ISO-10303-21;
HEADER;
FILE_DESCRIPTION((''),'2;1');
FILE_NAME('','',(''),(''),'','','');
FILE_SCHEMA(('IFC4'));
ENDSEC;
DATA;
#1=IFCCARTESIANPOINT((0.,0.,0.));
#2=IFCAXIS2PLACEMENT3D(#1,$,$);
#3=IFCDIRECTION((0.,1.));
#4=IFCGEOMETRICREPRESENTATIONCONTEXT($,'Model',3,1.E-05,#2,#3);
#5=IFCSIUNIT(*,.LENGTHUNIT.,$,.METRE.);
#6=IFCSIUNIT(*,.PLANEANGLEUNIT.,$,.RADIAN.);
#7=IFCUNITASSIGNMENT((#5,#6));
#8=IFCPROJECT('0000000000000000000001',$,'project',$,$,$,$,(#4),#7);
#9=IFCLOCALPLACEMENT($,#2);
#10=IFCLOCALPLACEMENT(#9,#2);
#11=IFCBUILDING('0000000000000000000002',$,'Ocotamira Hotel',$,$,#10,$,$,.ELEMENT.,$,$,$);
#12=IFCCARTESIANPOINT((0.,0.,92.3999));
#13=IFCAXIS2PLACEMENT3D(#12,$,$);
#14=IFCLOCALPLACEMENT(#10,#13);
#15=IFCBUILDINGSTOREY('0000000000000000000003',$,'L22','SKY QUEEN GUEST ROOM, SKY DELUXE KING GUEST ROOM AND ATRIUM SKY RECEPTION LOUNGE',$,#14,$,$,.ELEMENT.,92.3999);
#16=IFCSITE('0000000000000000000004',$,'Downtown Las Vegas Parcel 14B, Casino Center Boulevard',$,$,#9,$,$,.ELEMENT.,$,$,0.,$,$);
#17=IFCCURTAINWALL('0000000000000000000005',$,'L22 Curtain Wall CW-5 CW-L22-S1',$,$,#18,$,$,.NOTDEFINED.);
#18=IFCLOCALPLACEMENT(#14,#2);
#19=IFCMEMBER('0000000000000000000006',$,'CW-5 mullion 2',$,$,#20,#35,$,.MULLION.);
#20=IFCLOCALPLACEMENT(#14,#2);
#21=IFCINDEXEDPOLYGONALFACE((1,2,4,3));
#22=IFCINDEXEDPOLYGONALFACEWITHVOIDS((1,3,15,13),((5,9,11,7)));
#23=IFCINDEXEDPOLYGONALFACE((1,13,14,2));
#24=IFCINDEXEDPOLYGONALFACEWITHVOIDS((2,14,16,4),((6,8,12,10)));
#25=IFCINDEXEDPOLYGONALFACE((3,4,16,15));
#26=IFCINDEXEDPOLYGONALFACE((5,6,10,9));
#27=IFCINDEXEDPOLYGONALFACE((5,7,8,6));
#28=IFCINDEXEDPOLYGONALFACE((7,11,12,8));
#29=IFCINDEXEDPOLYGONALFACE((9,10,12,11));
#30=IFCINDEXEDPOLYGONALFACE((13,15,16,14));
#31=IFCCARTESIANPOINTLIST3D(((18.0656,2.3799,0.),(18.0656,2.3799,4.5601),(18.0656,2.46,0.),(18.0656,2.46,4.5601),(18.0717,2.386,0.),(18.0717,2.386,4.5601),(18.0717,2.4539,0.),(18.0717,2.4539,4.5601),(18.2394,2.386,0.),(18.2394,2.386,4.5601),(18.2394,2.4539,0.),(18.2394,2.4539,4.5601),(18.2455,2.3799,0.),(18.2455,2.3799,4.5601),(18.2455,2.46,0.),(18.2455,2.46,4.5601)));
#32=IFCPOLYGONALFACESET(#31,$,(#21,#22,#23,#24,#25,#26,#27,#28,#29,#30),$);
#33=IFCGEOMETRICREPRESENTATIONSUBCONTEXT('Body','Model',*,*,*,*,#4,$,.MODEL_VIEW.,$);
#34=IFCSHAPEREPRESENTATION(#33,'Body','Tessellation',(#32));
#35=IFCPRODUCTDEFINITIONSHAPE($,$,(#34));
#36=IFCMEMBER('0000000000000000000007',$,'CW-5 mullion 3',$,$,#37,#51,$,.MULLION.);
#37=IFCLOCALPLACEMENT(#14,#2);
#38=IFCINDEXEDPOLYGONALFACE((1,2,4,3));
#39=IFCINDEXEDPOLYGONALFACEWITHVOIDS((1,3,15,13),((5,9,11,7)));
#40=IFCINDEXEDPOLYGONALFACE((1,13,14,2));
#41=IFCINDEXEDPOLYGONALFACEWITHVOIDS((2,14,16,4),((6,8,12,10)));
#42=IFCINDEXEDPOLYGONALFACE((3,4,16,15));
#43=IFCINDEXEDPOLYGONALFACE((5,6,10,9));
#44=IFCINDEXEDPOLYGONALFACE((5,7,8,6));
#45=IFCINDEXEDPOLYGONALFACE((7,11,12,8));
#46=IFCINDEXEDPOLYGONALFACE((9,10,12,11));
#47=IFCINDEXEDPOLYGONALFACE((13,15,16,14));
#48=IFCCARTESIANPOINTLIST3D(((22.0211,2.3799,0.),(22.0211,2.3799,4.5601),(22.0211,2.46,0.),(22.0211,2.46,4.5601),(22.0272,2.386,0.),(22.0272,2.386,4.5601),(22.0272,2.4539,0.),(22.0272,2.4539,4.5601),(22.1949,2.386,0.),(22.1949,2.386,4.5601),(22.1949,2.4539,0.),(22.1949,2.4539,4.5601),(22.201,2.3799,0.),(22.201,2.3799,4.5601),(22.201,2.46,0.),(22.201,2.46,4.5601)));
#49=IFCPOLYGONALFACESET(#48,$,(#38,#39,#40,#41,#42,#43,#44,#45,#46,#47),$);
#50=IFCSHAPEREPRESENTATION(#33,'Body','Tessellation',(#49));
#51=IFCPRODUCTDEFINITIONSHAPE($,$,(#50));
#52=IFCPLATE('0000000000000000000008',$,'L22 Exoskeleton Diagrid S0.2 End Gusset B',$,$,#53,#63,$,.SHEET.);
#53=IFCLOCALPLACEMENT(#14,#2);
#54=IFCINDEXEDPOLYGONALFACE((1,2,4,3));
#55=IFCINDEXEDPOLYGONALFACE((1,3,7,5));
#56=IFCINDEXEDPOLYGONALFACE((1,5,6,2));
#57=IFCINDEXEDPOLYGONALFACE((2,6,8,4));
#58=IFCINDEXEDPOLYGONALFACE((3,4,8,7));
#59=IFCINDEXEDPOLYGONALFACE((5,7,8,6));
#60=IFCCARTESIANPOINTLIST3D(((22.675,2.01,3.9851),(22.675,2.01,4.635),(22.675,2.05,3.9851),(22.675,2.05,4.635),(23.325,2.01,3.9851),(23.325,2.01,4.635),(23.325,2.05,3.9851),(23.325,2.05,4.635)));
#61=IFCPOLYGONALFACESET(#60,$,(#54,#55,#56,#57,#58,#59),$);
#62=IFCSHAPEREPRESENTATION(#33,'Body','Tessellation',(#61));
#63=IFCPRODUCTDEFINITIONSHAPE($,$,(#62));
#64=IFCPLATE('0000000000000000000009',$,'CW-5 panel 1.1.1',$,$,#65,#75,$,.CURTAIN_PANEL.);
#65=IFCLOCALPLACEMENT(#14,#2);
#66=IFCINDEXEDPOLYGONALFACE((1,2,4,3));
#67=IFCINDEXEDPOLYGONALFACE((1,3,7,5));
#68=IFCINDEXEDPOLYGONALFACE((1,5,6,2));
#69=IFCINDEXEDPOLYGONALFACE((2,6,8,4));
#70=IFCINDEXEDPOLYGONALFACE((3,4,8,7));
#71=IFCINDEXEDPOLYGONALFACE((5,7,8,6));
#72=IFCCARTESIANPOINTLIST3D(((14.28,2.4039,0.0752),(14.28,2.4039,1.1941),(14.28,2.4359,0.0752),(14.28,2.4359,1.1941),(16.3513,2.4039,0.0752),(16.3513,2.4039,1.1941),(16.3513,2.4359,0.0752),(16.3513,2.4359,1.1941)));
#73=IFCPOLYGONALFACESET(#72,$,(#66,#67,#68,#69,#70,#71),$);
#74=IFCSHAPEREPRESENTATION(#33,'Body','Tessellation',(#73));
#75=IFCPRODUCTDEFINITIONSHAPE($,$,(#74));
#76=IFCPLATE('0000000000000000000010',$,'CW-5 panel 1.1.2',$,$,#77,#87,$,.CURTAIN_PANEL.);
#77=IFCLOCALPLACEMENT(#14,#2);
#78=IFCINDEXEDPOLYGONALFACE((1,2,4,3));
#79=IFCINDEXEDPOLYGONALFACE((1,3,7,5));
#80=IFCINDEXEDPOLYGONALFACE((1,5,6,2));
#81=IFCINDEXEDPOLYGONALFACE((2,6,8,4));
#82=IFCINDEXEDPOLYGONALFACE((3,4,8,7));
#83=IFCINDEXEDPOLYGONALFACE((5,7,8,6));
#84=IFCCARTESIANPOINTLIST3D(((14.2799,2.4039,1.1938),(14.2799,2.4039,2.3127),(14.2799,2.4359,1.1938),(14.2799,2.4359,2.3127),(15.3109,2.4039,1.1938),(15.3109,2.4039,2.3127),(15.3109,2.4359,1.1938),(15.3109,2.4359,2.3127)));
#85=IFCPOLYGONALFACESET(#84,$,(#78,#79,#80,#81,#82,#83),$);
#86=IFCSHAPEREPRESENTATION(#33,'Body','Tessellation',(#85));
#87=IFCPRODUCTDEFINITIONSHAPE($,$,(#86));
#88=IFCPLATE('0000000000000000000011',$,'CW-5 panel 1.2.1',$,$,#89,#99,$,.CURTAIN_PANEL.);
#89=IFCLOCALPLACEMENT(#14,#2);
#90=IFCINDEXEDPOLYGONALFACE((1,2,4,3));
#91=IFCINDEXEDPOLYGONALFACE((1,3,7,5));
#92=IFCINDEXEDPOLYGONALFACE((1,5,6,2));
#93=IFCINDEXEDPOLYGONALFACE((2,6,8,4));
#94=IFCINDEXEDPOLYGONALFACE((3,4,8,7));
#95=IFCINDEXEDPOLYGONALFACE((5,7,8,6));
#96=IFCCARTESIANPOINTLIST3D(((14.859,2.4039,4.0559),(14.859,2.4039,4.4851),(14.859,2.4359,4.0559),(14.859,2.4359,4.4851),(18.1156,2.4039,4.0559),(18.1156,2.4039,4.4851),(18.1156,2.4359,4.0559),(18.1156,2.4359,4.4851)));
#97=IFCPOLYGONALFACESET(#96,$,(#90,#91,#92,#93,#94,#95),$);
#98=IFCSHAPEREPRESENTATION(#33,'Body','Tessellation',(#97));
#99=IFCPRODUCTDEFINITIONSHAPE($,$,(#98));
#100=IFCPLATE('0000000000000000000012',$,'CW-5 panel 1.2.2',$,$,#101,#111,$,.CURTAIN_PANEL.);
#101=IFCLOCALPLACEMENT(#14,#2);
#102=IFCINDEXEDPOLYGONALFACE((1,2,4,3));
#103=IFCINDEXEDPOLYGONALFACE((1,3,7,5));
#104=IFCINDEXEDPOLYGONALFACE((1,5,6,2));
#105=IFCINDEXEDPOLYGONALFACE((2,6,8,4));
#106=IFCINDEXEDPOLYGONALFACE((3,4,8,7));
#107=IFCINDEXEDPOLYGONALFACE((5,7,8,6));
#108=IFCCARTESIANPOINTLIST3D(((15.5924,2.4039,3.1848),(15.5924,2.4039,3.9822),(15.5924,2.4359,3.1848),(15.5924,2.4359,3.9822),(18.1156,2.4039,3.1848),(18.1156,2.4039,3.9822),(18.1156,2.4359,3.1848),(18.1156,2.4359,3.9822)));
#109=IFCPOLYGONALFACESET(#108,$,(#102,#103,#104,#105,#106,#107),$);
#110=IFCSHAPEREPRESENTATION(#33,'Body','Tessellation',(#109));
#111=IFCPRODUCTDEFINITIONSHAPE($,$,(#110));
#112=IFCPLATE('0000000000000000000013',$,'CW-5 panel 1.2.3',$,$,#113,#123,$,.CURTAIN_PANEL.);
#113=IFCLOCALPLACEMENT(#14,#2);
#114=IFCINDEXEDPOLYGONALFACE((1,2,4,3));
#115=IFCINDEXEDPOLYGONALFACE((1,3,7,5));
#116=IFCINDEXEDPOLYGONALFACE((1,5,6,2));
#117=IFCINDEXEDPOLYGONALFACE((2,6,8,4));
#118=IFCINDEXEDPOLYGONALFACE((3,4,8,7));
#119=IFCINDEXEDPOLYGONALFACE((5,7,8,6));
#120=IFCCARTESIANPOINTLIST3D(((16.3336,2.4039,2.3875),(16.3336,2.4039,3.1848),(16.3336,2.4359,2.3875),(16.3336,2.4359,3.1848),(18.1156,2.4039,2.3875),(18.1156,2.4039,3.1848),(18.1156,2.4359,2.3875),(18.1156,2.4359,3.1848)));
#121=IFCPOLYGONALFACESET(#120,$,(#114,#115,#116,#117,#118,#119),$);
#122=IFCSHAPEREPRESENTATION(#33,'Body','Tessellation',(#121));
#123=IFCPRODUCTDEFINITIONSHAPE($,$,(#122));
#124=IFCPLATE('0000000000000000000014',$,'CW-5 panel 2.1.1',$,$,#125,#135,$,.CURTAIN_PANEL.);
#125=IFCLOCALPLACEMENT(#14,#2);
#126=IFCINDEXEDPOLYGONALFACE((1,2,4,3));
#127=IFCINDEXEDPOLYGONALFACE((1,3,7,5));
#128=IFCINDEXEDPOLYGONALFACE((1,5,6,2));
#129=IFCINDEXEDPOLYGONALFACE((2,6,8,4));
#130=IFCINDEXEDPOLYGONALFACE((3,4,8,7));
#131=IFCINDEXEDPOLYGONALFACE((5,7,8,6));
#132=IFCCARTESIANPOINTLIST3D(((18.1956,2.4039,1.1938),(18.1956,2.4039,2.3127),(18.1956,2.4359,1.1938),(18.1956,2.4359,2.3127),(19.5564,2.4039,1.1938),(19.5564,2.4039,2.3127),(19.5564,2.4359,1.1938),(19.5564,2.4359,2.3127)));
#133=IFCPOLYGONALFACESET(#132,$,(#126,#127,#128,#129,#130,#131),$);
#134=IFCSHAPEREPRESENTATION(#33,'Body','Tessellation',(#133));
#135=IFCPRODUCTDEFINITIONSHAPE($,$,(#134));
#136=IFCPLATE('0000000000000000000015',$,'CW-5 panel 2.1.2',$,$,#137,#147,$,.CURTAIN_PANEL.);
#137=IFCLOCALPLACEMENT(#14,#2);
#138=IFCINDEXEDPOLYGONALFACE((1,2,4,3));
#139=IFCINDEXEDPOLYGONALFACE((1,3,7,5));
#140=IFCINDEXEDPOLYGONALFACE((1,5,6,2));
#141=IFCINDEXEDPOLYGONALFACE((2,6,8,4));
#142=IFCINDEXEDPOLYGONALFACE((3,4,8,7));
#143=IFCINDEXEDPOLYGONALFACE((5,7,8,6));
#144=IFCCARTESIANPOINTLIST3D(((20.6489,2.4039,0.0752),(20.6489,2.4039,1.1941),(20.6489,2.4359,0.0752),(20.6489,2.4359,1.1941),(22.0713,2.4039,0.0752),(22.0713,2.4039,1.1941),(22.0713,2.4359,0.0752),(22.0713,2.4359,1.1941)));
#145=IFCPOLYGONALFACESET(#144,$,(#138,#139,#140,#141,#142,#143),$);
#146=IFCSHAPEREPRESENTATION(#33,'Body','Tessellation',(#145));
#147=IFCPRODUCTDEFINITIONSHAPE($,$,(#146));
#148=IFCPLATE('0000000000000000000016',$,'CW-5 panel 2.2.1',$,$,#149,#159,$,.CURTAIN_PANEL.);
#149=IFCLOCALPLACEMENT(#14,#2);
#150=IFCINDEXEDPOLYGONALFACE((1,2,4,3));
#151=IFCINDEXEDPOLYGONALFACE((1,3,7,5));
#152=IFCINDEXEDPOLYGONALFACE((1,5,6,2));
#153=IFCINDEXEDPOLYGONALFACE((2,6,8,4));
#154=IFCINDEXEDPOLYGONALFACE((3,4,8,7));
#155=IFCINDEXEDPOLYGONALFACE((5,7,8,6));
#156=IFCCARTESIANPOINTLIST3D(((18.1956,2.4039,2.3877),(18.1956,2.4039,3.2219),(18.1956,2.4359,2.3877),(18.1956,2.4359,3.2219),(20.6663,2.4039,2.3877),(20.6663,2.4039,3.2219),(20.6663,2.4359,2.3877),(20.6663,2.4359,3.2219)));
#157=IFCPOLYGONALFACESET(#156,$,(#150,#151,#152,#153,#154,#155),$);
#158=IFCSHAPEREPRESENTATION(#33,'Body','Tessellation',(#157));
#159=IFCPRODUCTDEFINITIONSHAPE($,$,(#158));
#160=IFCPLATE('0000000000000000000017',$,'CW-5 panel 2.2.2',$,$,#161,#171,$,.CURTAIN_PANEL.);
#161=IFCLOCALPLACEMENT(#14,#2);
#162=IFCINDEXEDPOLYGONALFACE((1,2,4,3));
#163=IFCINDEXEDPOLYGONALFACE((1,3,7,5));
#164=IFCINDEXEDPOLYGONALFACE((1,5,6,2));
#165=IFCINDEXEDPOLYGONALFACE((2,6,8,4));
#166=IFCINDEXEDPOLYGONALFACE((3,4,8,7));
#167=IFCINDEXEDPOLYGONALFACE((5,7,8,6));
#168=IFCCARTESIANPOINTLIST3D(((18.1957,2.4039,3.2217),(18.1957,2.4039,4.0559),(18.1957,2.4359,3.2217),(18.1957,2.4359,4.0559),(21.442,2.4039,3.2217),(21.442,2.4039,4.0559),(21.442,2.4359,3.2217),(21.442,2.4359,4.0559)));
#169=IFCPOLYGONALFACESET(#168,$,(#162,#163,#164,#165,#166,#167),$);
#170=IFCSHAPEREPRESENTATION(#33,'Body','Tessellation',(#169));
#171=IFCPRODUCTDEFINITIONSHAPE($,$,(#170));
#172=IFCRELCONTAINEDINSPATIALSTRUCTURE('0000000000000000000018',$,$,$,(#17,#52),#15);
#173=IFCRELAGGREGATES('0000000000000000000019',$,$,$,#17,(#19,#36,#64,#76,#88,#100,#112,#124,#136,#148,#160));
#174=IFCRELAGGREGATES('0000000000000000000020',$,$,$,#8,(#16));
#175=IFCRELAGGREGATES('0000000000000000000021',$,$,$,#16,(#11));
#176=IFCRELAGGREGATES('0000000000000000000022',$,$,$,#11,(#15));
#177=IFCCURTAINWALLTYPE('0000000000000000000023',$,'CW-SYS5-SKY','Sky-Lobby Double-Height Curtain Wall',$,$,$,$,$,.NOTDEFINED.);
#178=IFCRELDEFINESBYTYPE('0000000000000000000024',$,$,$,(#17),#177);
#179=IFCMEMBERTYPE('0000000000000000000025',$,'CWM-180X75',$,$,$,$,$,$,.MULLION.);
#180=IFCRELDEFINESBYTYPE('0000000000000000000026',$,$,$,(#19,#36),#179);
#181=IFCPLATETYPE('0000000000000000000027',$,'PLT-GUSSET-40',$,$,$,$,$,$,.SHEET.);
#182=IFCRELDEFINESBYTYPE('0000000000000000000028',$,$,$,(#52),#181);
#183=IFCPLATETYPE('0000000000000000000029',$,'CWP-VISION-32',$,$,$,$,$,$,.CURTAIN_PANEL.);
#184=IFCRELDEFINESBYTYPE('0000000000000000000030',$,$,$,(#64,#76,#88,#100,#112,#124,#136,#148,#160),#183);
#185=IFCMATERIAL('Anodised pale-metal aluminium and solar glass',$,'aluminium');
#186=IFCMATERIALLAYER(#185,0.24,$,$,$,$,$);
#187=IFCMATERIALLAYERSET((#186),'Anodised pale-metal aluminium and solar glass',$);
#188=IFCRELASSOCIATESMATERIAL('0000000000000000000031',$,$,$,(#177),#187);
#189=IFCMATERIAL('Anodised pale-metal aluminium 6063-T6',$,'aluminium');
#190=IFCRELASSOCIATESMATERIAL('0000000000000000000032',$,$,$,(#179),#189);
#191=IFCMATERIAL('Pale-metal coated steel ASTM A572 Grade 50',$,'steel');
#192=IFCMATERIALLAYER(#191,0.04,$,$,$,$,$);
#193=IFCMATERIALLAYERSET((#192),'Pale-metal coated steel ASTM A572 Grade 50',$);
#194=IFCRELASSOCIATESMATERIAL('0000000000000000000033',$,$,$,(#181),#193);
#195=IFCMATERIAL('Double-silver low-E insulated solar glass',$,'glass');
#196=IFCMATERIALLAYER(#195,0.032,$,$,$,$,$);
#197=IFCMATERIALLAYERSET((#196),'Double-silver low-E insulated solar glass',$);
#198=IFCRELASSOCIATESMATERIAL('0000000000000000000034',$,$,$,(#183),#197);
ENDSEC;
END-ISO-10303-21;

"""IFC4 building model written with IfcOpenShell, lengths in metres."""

from ifc_helpers import new_model, si_unit, direction, frame, origin, origin_2d, place, context, subcontext, project, spatial, rectangle, hollow_rectangle, extrude, source, transform, mapped, material, layer, layer_set, material_profile, profile_set, type_object, element, aggregate, save


model = new_model("IFC4")

# Units and contexts
model_context = context("Model", 3, precision=1e-05, world=origin(), true_north=direction((0.0, 1.0)))
body_context = subcontext(model_context, "Body", "Model", "MODEL_VIEW")
ifc_project = project(units=[si_unit("LENGTHUNIT", "METRE"), si_unit("PLANEANGLEUNIT", "RADIAN")], contexts=[model_context])

# Site, building, storey
site_placement = place(None, origin())
site = spatial("IfcSite", under=ifc_project, at=site_placement, Name="Downtown Las Vegas Parcel 14B, Casino Center Boulevard", CompositionType="ELEMENT", RefElevation=0.0)
building_placement = place(site_placement, origin())
building = spatial("IfcBuilding", under=site, at=building_placement, Name="Ocotamira Hotel", CompositionType="ELEMENT")
storey_placement = place(building_placement, frame((0.0, 0.0, 92.3999)))
storey = spatial("IfcBuildingStorey", under=building, at=storey_placement, Name="L22", Description="SKY QUEEN GUEST ROOM, SKY DELUXE KING GUEST ROOM AND ATRIUM SKY RECEPTION LOUNGE", CompositionType="ELEMENT", Elevation=92.3999)

# Curtain wall, members
ifc_material_1 = material(Name="Anodised pale-metal aluminium and solar glass", Category="aluminium")
ifc_layer_1 = layer(ifc_material_1, 0.24)
ifc_layer_set_1 = layer_set([ifc_layer_1], Name="Anodised pale-metal aluminium and solar glass")
curtain_wall_type = type_object("IfcCurtainWallType", Name="CW-SYS5-SKY", Description="Sky-Lobby Double-Height Curtain Wall", PredefinedType="NOTDEFINED", material=ifc_layer_set_1)
curtain_wall_placement = place(storey_placement, origin())
curtain_wall = element("IfcCurtainWall", 1, at=curtain_wall_placement, inside=storey, type_object=curtain_wall_type, Name="L22 Curtain Wall CW-5 CW-L22-S1", PredefinedType="NOTDEFINED")
ifc_material_2 = material(Name="Anodised pale-metal aluminium 6063-T6", Category="aluminium")
ifc_material_profile_1 = material_profile(ifc_material_2, hollow_rectangle(XDim=0.0801, YDim=0.1799, WallThickness=0.0061, at=origin_2d()), Name="HSS180X80X6")
ifc_profile_set_1 = profile_set([ifc_material_profile_1], Name="Anodised pale-metal aluminium 6063-T6")
member_type_1 = type_object("IfcMemberType", Name="CWM-180X75", PredefinedType="MULLION", material=ifc_profile_set_1)
shared_shape_1 = source(origin(), body_context, "Body", "SweptSolid", [
    extrude(hollow_rectangle(XDim=0.0801, YDim=0.1799, WallThickness=0.0061, at=origin_2d()), origin(), (0.0, 0.0, 1.0), 4.5601),
])
member_1_placement = place(storey_placement, frame((18.1555, 2.4199, 0.0), z_axis=(0.0, 0.0, 1.0), x_axis=(0.0, 1.0, 0.0)))
member_1 = element("IfcMember", 2, at=member_1_placement, type_object=member_type_1, Name="CW-5 mullion 2", PredefinedType="MULLION", context=body_context, shape_type="MappedRepresentation", body=[
    mapped(shared_shape_1, transform((0.0, 0.0, 0.0), scale=1.0)),
])
member_2_placement = place(storey_placement, frame((22.1111, 2.4199, 0.0), z_axis=(0.0, 0.0, 1.0), x_axis=(0.0, 1.0, 0.0)))
member_2 = element("IfcMember", 3, at=member_2_placement, type_object=member_type_1, Name="CW-5 mullion 3", PredefinedType="MULLION", context=body_context, shape_type="MappedRepresentation", body=[
    mapped(shared_shape_1, transform((0.0, 0.0, 0.0), scale=1.0)),
])

# Plates
ifc_material_3 = material(Name="Pale-metal coated steel ASTM A572 Grade 50", Category="steel")
ifc_layer_2 = layer(ifc_material_3, 0.04)
ifc_layer_set_2 = layer_set([ifc_layer_2], Name="Pale-metal coated steel ASTM A572 Grade 50")
plate_type_1 = type_object("IfcPlateType", Name="PLT-GUSSET-40", PredefinedType="SHEET", material=ifc_layer_set_2)
shared_shape_2 = source(origin(), body_context, "Body", "SweptSolid", [
    extrude(rectangle(XDim=0.6499, YDim=0.04, at=origin_2d()), origin(), (0.0, 0.0, 1.0), 0.6499),
])
plate_1_placement = place(storey_placement, frame((23.0, 2.03, 3.9851), z_axis=(0.0, 0.0, 1.0), x_axis=(1.0, 0.0, 0.0)))
element("IfcPlate", 4, at=plate_1_placement, inside=storey, type_object=plate_type_1, Name="L22 Exoskeleton Diagrid S0.2 End Gusset B", PredefinedType="SHEET", context=body_context, shape_type="MappedRepresentation", body=[
    mapped(shared_shape_2, transform((0.0, 0.0, 0.0), scale=1.0)),
])
ifc_material_4 = material(Name="Double-silver low-E insulated solar glass", Category="glass")
ifc_layer_3 = layer(ifc_material_4, 0.032)
ifc_layer_set_3 = layer_set([ifc_layer_3], Name="Double-silver low-E insulated solar glass")
plate_type_2 = type_object("IfcPlateType", Name="CWP-VISION-32", PredefinedType="CURTAIN_PANEL", material=ifc_layer_set_3)
shared_shape_3 = source(origin(), body_context, "Body", "SweptSolid", [
    extrude(rectangle(XDim=2.0713, YDim=0.032, at=origin_2d()), origin(), (0.0, 0.0, 1.0), 1.1189),
])
plate_2_placement = place(storey_placement, frame((15.3157, 2.4199, 0.0752), z_axis=(0.0, 0.0, 1.0), x_axis=(1.0, 0.0, 0.0)))
plate_2 = element("IfcPlate", 5, at=plate_2_placement, type_object=plate_type_2, Name="CW-5 panel 1.1.1", PredefinedType="CURTAIN_PANEL", context=body_context, shape_type="MappedRepresentation", body=[
    mapped(shared_shape_3, transform((0.0, 0.0, 0.0), scale=1.0)),
])
shared_shape_4 = source(origin(), body_context, "Body", "SweptSolid", [
    extrude(rectangle(XDim=1.031, YDim=0.032, at=origin_2d()), origin(), (0.0, 0.0, 1.0), 1.1189),
])
plate_3_placement = place(storey_placement, frame((14.7954, 2.4199, 1.1938), z_axis=(0.0, 0.0, 1.0), x_axis=(1.0, 0.0, 0.0)))
plate_3 = element("IfcPlate", 6, at=plate_3_placement, type_object=plate_type_2, Name="CW-5 panel 1.1.2", PredefinedType="CURTAIN_PANEL", context=body_context, shape_type="MappedRepresentation", body=[
    mapped(shared_shape_4, transform((0.0, 0.0, 0.0), scale=1.0)),
])
shared_shape_5 = source(origin(), body_context, "Body", "SweptSolid", [
    extrude(rectangle(XDim=3.2566, YDim=0.032, at=origin_2d()), origin(), (0.0, 0.0, 1.0), 0.4292),
])
plate_4_placement = place(storey_placement, frame((16.4873, 2.4199, 4.0559), z_axis=(0.0, 0.0, 1.0), x_axis=(1.0, 0.0, 0.0)))
plate_4 = element("IfcPlate", 7, at=plate_4_placement, type_object=plate_type_2, Name="CW-5 panel 1.2.1", PredefinedType="CURTAIN_PANEL", context=body_context, shape_type="MappedRepresentation", body=[
    mapped(shared_shape_5, transform((0.0, 0.0, 0.0), scale=1.0)),
])
shared_shape_6 = source(origin(), body_context, "Body", "SweptSolid", [
    extrude(rectangle(XDim=2.5232, YDim=0.032, at=origin_2d()), origin(), (0.0, 0.0, 1.0), 0.7974),
])
plate_5_placement = place(storey_placement, frame((16.854, 2.4199, 3.1848), z_axis=(0.0, 0.0, 1.0), x_axis=(1.0, 0.0, 0.0)))
plate_5 = element("IfcPlate", 8, at=plate_5_placement, type_object=plate_type_2, Name="CW-5 panel 1.2.2", PredefinedType="CURTAIN_PANEL", context=body_context, shape_type="MappedRepresentation", body=[
    mapped(shared_shape_6, transform((0.0, 0.0, 0.0), scale=1.0)),
])
shared_shape_7 = source(origin(), body_context, "Body", "SweptSolid", [
    extrude(rectangle(XDim=1.782, YDim=0.032, at=origin_2d()), origin(), (0.0, 0.0, 1.0), 0.7974),
])
plate_6_placement = place(storey_placement, frame((17.2246, 2.4199, 2.3875), z_axis=(0.0, 0.0, 1.0), x_axis=(1.0, 0.0, 0.0)))
plate_6 = element("IfcPlate", 9, at=plate_6_placement, type_object=plate_type_2, Name="CW-5 panel 1.2.3", PredefinedType="CURTAIN_PANEL", context=body_context, shape_type="MappedRepresentation", body=[
    mapped(shared_shape_7, transform((0.0, 0.0, 0.0), scale=1.0)),
])
shared_shape_8 = source(origin(), body_context, "Body", "SweptSolid", [
    extrude(rectangle(XDim=1.3608, YDim=0.032, at=origin_2d()), origin(), (0.0, 0.0, 1.0), 1.1189),
])
plate_7_placement = place(storey_placement, frame((18.876, 2.4199, 1.1938), z_axis=(0.0, 0.0, 1.0), x_axis=(1.0, 0.0, 0.0)))
plate_7 = element("IfcPlate", 10, at=plate_7_placement, type_object=plate_type_2, Name="CW-5 panel 2.1.1", PredefinedType="CURTAIN_PANEL", context=body_context, shape_type="MappedRepresentation", body=[
    mapped(shared_shape_8, transform((0.0, 0.0, 0.0), scale=1.0)),
])
shared_shape_9 = source(origin(), body_context, "Body", "SweptSolid", [
    extrude(rectangle(XDim=1.4224, YDim=0.032, at=origin_2d()), origin(), (0.0, 0.0, 1.0), 1.1189),
])
plate_8_placement = place(storey_placement, frame((21.3601, 2.4199, 0.0752), z_axis=(0.0, 0.0, 1.0), x_axis=(1.0, 0.0, 0.0)))
plate_8 = element("IfcPlate", 11, at=plate_8_placement, type_object=plate_type_2, Name="CW-5 panel 2.1.2", PredefinedType="CURTAIN_PANEL", context=body_context, shape_type="MappedRepresentation", body=[
    mapped(shared_shape_9, transform((0.0, 0.0, 0.0), scale=1.0)),
])
shared_shape_10 = source(origin(), body_context, "Body", "SweptSolid", [
    extrude(rectangle(XDim=2.4707, YDim=0.032, at=origin_2d()), origin(), (0.0, 0.0, 1.0), 0.8342),
])
plate_9_placement = place(storey_placement, frame((19.4309, 2.4199, 2.3877), z_axis=(0.0, 0.0, 1.0), x_axis=(1.0, 0.0, 0.0)))
plate_9 = element("IfcPlate", 12, at=plate_9_placement, type_object=plate_type_2, Name="CW-5 panel 2.2.1", PredefinedType="CURTAIN_PANEL", context=body_context, shape_type="MappedRepresentation", body=[
    mapped(shared_shape_10, transform((0.0, 0.0, 0.0), scale=1.0)),
])
shared_shape_11 = source(origin(), body_context, "Body", "SweptSolid", [
    extrude(rectangle(XDim=3.2463, YDim=0.032, at=origin_2d()), origin(), (0.0, 0.0, 1.0), 0.8342),
])
plate_10_placement = place(storey_placement, frame((19.8188, 2.4199, 3.2217), z_axis=(0.0, 0.0, 1.0), x_axis=(1.0, 0.0, 0.0)))
plate_10 = element("IfcPlate", 13, at=plate_10_placement, type_object=plate_type_2, Name="CW-5 panel 2.2.2", PredefinedType="CURTAIN_PANEL", context=body_context, shape_type="MappedRepresentation", body=[
    mapped(shared_shape_11, transform((0.0, 0.0, 0.0), scale=1.0)),
])
aggregate(curtain_wall, [member_1, member_2, plate_2, plate_3, plate_4, plate_5, plate_6, plate_7, plate_8, plate_9, plate_10])

save(model, "model.ifc")
